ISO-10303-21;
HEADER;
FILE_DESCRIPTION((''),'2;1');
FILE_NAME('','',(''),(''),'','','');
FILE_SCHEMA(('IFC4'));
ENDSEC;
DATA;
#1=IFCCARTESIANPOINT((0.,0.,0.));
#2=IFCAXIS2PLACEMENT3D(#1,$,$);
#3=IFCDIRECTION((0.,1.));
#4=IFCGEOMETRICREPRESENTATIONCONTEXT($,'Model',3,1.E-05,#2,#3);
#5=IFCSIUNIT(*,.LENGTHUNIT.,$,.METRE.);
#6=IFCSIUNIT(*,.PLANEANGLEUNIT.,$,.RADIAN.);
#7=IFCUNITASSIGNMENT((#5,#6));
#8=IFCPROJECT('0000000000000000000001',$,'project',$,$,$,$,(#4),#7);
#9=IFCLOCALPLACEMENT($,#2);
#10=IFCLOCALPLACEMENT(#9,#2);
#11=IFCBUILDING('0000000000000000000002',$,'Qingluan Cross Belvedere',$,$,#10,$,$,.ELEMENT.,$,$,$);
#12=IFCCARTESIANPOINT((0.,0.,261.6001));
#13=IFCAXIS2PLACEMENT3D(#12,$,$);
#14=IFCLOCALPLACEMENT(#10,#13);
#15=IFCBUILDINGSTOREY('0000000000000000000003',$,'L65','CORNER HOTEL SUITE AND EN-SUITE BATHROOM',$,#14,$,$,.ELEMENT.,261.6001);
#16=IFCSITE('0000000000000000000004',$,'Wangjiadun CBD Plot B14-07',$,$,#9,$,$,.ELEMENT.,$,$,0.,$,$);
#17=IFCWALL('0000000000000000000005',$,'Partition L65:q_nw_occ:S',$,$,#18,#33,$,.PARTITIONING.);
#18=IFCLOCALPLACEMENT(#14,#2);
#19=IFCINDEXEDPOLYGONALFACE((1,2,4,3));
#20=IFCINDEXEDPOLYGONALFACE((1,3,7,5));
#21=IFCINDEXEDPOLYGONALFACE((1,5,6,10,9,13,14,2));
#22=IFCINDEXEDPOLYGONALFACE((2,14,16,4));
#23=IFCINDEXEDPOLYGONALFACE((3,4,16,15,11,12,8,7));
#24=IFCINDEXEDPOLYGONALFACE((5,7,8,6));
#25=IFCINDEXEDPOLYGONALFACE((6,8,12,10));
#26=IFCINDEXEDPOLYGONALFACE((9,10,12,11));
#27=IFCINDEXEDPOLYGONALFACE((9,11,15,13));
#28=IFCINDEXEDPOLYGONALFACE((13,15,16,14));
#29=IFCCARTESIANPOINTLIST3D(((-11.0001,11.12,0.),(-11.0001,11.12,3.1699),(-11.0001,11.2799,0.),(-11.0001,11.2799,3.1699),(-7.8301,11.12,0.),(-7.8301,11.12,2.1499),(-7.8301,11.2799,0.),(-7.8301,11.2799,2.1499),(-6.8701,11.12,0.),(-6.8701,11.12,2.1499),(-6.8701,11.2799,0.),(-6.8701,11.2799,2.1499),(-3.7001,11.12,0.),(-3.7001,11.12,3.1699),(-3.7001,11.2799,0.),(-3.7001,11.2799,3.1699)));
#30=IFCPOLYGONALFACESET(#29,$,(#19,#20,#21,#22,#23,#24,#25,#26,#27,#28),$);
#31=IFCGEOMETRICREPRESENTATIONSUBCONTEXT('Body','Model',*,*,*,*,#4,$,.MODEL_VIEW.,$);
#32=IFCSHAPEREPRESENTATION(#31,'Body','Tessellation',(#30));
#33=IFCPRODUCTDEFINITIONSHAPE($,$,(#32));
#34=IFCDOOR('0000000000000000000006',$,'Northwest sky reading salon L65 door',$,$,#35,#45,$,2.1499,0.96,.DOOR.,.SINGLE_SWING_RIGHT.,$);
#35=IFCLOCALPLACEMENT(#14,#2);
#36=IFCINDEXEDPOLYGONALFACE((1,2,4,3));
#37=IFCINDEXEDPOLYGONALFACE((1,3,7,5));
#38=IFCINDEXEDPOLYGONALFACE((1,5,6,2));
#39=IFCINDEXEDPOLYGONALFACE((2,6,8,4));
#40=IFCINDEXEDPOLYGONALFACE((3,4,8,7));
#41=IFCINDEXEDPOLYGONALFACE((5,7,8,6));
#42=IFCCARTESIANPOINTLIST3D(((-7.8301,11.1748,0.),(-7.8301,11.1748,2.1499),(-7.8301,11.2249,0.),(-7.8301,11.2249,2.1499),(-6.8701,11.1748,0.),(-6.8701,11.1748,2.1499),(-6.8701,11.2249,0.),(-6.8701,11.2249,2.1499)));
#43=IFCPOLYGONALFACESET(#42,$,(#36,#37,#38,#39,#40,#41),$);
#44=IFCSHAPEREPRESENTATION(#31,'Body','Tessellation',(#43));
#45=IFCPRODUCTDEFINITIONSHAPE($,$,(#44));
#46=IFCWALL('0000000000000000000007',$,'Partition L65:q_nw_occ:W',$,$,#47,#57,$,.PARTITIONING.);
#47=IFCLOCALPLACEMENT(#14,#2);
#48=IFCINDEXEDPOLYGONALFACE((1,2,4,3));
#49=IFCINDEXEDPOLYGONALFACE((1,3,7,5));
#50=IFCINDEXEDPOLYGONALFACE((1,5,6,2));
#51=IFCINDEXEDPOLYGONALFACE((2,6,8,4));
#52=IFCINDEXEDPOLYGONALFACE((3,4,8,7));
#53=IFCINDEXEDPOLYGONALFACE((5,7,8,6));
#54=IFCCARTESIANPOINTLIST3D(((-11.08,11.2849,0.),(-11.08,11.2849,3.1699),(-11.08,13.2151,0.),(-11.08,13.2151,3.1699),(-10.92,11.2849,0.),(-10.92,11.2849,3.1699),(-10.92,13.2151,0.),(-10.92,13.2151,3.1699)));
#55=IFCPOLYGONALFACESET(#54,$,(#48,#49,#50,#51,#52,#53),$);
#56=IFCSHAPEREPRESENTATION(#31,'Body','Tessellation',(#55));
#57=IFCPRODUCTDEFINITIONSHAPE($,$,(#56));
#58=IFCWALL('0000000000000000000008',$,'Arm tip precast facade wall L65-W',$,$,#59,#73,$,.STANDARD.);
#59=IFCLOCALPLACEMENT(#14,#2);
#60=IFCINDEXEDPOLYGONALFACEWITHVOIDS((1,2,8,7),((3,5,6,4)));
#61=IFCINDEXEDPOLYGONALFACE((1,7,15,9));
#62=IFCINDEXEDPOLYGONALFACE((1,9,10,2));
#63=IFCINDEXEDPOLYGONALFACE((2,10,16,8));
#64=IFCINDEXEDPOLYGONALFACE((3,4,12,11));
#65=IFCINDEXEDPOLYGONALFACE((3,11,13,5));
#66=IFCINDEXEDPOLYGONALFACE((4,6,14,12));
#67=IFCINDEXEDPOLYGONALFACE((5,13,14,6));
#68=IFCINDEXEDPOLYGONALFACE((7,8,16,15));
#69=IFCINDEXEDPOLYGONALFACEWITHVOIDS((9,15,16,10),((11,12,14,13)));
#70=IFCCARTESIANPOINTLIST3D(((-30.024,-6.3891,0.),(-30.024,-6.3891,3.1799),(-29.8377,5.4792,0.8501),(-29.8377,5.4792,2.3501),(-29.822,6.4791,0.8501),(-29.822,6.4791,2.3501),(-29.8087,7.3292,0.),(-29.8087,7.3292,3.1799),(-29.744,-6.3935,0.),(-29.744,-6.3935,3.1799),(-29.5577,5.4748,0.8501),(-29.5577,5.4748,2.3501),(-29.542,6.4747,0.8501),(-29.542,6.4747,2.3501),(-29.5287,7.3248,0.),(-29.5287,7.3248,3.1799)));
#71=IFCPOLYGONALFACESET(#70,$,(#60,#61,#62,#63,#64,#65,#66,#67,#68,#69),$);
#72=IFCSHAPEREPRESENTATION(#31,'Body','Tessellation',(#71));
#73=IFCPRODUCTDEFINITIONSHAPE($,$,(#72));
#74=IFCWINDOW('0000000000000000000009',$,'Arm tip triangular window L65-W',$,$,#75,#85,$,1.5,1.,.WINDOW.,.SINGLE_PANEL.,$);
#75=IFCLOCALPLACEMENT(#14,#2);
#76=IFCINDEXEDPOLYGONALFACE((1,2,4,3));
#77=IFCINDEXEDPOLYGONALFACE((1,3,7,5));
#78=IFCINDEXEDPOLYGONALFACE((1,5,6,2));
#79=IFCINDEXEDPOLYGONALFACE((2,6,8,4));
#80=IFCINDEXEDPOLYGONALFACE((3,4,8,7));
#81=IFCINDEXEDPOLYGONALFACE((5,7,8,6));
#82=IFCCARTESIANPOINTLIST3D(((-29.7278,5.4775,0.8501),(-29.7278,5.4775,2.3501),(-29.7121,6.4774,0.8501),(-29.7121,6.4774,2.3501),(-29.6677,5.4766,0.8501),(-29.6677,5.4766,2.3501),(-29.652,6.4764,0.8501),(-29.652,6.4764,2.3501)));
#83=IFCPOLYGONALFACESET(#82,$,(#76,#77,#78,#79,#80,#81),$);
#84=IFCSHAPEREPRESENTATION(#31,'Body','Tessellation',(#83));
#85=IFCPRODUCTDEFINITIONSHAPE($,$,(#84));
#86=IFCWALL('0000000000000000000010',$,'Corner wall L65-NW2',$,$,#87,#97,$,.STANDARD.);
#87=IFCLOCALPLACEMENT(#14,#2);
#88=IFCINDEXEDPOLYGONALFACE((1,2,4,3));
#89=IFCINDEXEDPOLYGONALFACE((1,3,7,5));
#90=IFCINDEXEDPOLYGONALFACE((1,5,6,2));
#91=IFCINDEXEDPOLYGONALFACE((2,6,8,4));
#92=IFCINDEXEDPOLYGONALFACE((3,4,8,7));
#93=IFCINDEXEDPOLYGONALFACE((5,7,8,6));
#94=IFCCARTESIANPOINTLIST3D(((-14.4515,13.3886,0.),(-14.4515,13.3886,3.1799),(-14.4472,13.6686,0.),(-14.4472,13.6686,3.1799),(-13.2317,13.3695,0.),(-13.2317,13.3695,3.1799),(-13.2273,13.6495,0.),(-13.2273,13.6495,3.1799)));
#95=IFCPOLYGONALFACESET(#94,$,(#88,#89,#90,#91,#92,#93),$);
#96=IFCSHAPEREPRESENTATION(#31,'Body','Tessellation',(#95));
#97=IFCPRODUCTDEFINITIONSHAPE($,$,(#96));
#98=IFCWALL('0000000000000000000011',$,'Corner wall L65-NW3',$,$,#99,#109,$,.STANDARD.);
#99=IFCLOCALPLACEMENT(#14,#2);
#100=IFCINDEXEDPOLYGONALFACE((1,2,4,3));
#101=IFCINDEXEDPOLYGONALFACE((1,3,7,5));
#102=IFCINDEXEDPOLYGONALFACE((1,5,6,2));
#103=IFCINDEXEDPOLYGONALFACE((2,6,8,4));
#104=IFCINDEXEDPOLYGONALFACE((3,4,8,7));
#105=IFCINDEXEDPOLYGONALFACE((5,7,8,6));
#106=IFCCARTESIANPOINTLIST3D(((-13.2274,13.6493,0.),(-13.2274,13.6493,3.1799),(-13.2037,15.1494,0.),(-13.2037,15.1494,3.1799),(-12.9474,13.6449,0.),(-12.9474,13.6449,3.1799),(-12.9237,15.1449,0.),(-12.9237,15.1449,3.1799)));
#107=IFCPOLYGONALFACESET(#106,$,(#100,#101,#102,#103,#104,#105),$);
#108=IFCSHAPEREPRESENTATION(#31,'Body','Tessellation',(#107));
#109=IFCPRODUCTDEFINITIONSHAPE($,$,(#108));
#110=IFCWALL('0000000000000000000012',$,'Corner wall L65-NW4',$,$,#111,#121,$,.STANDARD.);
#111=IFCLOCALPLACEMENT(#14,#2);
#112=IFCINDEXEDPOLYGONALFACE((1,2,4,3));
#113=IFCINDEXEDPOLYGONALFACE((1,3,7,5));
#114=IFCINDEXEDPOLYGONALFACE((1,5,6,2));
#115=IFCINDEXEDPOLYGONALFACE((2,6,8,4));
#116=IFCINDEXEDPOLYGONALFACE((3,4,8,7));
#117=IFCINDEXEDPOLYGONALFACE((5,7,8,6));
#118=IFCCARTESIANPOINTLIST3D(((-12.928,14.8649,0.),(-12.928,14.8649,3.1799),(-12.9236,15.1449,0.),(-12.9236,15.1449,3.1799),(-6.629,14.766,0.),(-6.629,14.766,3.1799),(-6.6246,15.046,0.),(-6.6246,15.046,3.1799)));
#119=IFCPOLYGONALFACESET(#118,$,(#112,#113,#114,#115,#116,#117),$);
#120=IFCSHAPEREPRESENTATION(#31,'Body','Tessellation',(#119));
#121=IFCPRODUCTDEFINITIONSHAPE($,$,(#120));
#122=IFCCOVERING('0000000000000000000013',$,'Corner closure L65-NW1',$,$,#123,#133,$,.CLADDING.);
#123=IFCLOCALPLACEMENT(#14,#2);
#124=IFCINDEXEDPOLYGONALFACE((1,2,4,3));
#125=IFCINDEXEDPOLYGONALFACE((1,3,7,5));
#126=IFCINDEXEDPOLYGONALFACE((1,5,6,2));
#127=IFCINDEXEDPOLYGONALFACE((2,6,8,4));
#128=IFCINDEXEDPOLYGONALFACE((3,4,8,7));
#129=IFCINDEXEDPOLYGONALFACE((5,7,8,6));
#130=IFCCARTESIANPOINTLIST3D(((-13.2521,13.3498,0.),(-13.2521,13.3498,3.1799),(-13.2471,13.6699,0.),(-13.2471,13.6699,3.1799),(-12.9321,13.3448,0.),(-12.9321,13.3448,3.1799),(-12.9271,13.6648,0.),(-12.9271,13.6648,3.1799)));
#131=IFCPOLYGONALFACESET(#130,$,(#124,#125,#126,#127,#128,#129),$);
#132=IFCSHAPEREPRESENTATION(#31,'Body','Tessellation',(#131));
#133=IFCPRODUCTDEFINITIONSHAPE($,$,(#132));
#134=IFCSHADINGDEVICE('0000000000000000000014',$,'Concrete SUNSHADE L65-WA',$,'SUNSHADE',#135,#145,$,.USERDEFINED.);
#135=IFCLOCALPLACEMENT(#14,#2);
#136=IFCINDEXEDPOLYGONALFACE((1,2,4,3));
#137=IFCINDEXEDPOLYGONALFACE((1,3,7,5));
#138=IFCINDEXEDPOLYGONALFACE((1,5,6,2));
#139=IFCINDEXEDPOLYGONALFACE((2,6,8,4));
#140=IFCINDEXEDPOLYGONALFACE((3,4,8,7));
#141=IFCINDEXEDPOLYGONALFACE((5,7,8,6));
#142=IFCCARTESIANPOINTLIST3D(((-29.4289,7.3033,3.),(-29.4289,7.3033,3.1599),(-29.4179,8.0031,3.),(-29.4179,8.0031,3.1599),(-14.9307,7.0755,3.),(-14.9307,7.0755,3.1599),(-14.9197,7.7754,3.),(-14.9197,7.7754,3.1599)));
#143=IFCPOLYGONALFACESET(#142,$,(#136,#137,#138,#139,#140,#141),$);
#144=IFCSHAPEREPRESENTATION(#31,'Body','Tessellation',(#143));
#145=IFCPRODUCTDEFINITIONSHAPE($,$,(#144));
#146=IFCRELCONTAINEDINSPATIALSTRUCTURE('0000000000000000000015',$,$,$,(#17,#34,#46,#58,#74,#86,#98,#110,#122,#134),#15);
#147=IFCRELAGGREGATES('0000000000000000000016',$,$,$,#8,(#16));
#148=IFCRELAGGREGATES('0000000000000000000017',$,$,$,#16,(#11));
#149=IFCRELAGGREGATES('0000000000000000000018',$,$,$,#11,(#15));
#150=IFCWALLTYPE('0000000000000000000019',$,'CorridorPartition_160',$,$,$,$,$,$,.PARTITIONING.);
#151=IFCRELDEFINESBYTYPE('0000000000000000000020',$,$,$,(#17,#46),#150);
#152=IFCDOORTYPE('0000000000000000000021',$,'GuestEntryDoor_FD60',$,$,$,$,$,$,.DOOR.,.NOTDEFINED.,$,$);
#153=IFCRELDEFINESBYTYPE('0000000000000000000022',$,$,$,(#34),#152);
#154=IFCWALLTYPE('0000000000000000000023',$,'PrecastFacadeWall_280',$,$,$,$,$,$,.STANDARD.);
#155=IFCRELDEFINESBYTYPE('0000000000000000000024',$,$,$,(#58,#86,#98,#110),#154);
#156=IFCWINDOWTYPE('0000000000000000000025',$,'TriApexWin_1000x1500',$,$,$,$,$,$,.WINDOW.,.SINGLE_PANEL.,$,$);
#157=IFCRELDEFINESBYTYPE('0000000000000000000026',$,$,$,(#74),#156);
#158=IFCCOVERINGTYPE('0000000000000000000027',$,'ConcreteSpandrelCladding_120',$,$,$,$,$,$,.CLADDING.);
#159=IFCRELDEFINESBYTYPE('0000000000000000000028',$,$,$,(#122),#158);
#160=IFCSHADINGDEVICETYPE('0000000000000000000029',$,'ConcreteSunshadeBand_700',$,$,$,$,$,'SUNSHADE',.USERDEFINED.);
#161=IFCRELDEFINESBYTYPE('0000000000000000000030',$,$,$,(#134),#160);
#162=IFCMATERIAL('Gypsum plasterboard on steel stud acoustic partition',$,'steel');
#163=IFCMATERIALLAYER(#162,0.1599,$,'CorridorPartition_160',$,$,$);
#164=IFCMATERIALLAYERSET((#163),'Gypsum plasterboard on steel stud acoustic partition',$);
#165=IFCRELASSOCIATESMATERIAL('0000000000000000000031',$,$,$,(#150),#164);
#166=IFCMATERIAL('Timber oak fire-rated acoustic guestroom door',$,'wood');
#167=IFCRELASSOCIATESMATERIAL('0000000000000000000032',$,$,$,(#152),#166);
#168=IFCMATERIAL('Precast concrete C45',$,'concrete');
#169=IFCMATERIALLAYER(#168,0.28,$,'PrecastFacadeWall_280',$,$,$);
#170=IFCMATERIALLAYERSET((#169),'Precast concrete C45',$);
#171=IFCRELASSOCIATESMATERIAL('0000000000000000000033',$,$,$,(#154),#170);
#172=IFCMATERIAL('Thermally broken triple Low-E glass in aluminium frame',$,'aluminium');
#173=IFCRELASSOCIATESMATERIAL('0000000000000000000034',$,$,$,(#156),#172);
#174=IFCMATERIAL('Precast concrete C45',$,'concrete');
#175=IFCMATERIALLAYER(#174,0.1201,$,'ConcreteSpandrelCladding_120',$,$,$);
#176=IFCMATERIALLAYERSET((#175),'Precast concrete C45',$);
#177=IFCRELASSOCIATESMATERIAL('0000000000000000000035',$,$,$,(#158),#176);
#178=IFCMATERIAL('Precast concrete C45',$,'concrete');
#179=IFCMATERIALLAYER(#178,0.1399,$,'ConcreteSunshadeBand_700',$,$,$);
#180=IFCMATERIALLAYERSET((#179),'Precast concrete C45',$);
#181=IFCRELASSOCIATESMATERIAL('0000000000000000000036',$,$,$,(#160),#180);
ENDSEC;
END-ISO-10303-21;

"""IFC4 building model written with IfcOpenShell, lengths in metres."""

from ifc_helpers import new_model, si_unit, direction, frame, frame_2d, origin, origin_2d, place, context, subcontext, project, spatial, rectangle, extrude, material, layer, layer_set, type_object, element, fill, save


model = new_model("IFC4")

# Units and contexts
model_context = context("Model", 3, precision=1e-05, world=origin(), true_north=direction((0.0, 1.0)))
body_context = subcontext(model_context, "Body", "Model", "MODEL_VIEW")
ifc_project = project(units=[si_unit("LENGTHUNIT", "METRE"), si_unit("PLANEANGLEUNIT", "RADIAN")], contexts=[model_context])

# Site, building, storey
site_placement = place(None, origin())
site = spatial("IfcSite", under=ifc_project, at=site_placement, Name="Wangjiadun CBD Plot B14-07", CompositionType="ELEMENT", RefElevation=0.0)
building_placement = place(site_placement, origin())
building = spatial("IfcBuilding", under=site, at=building_placement, Name="Qingluan Cross Belvedere", CompositionType="ELEMENT")
storey_placement = place(building_placement, frame((0.0, 0.0, 261.6001)))
storey = spatial("IfcBuildingStorey", under=building, at=storey_placement, Name="L65", Description="CORNER HOTEL SUITE AND EN-SUITE BATHROOM", CompositionType="ELEMENT", Elevation=261.6001)

# Wall, opening, door
ifc_material_1 = material(Name="Gypsum plasterboard on steel stud acoustic partition", Category="steel")
ifc_layer_1 = layer(ifc_material_1, 0.1599, Name="CorridorPartition_160")
ifc_layer_set_1 = layer_set([ifc_layer_1], Name="Gypsum plasterboard on steel stud acoustic partition")
wall_type_1 = type_object("IfcWallType", Name="CorridorPartition_160", PredefinedType="PARTITIONING", material=ifc_layer_set_1)
wall_1_placement = place(storey_placement, frame((-11.0, 11.2, 0.0), z_axis=(0.0, 0.0, 1.0), x_axis=(1.0, 0.0, 0.0)))
wall_1 = element("IfcWall", 1, at=wall_1_placement, inside=storey, type_object=wall_type_1, Name="Partition L65:q_nw_occ:S", PredefinedType="PARTITIONING", context=body_context, shape_type="SweptSolid", body=[
    extrude(rectangle(XDim=7.3, YDim=0.1599, at=frame_2d((3.6499, 0.0))), origin(), (0.0, 0.0, 1.0), 3.1699),
])
opening_1_placement = place(wall_1_placement, frame((3.1699, 0.0, 0.0)))
opening_1 = element("IfcOpeningElement", 2, at=opening_1_placement, cuts=wall_1, PredefinedType="OPENING", context=body_context, shape_type="SweptSolid", body=[
    extrude(rectangle(XDim=0.96, YDim=2.1499, at=frame_2d((0.48, 1.075))), frame((0.0, 0.0898, 0.0), z_axis=(0.0, -1.0, 0.0), x_axis=(1.0, 0.0, 0.0)), (0.0, 0.0, 1.0), 0.1799),
])
ifc_material_2 = material(Name="Timber oak fire-rated acoustic guestroom door", Category="wood")
door_type = type_object("IfcDoorType", Name="GuestEntryDoor_FD60", OperationType="NOTDEFINED", PredefinedType="DOOR", material=ifc_material_2)
door_placement = place(opening_1_placement, origin())
door = element("IfcDoor", 3, at=door_placement, inside=storey, type_object=door_type, Name="Northwest sky reading salon L65 door", OperationType="SINGLE_SWING_RIGHT", OverallHeight=2.1499, OverallWidth=0.96, PredefinedType="DOOR", context=body_context, shape_type="SweptSolid", body=[
    extrude(rectangle(XDim=0.96, YDim=2.1499, at=frame_2d((0.48, 1.075))), frame((0.0, 0.0249, 0.0), z_axis=(0.0, -1.0, 0.0), x_axis=(1.0, 0.0, 0.0)), (0.0, 0.0, 1.0), 0.05),
])
fill(opening_1, door)

# Wall
wall_2_placement = place(storey_placement, frame((-11.0, 11.2849, 0.0), z_axis=(0.0, 0.0, 1.0), x_axis=(0.0, 1.0, 0.0)))
element("IfcWall", 4, at=wall_2_placement, inside=storey, type_object=wall_type_1, Name="Partition L65:q_nw_occ:W", PredefinedType="PARTITIONING", context=body_context, shape_type="SweptSolid", body=[
    extrude(rectangle(XDim=1.9302, YDim=0.1599, at=frame_2d((0.9651, 0.0))), origin(), (0.0, 0.0, 1.0), 3.1699),
])

# Wall, opening, window
ifc_material_3 = material(Name="Precast concrete C45", Category="concrete")
ifc_layer_2 = layer(ifc_material_3, 0.28, Name="PrecastFacadeWall_280")
ifc_layer_set_2 = layer_set([ifc_layer_2], Name="Precast concrete C45")
wall_type_2 = type_object("IfcWallType", Name="PrecastFacadeWall_280", PredefinedType="STANDARD", material=ifc_layer_set_2)
wall_3_placement = place(storey_placement, frame((-29.6687, 7.3269, 0.0), z_axis=(0.0, 0.0, 1.0), x_axis=(-0.015695, -0.999877, 0.0)))
wall_3 = element("IfcWall", 5, at=wall_3_placement, inside=storey, type_object=wall_type_2, Name="Arm tip precast facade wall L65-W", PredefinedType="STANDARD", context=body_context, shape_type="SweptSolid", body=[
    extrude(rectangle(XDim=13.72, YDim=0.28, at=frame_2d((6.8599, 0.0))), origin(), (0.0, 0.0, 1.0), 3.1799),
])
opening_2_placement = place(wall_3_placement, frame((0.8501, 0.0, 0.8501)))
opening_2 = element("IfcOpeningElement", 6, at=opening_2_placement, cuts=wall_3, PredefinedType="OPENING", context=body_context, shape_type="SweptSolid", body=[
    extrude(rectangle(XDim=1.0, YDim=1.5, at=frame_2d((0.5, 0.75))), frame((0.0, 0.1499, 0.0), z_axis=(0.0, -1.0, 0.0), x_axis=(1.0, 0.0, 0.0)), (0.0, 0.0, 1.0), 0.3),
])
ifc_material_4 = material(Name="Thermally broken triple Low-E glass in aluminium frame", Category="aluminium")
window_type = type_object("IfcWindowType", Name="TriApexWin_1000x1500", PartitioningType="SINGLE_PANEL", PredefinedType="WINDOW", material=ifc_material_4)
window_placement = place(opening_2_placement, origin())
window = element("IfcWindow", 7, at=window_placement, inside=storey, type_object=window_type, Name="Arm tip triangular window L65-W", OverallHeight=1.5, OverallWidth=1.0, PartitioningType="SINGLE_PANEL", PredefinedType="WINDOW", context=body_context, shape_type="SweptSolid", body=[
    extrude(rectangle(XDim=1.0, YDim=1.5, at=frame_2d((0.5, 0.75))), frame((0.0, 0.03, 0.0), z_axis=(0.0, -1.0, 0.0), x_axis=(1.0, 0.0, 0.0)), (0.0, 0.0, 1.0), 0.0601),
])
fill(opening_2, window)

# Walls
wall_4_placement = place(storey_placement, frame((-14.4492, 13.5286, 0.0), z_axis=(0.0, 0.0, 1.0), x_axis=(0.999878, -0.015611, 0.0)))
element("IfcWall", 8, at=wall_4_placement, inside=storey, type_object=wall_type_2, Name="Corner wall L65-NW2", PredefinedType="STANDARD", context=body_context, shape_type="SweptSolid", body=[
    extrude(rectangle(XDim=1.22, YDim=0.28, at=frame_2d((0.6099, 0.0))), origin(), (0.0, 0.0, 1.0), 3.1799),
])
wall_5_placement = place(storey_placement, frame((-13.0874, 13.6472, 0.0), z_axis=(0.0, 0.0, 1.0), x_axis=(0.015786, 0.999875, 0.0)))
element("IfcWall", 9, at=wall_5_placement, inside=storey, type_object=wall_type_2, Name="Corner wall L65-NW3", PredefinedType="STANDARD", context=body_context, shape_type="SweptSolid", body=[
    extrude(rectangle(XDim=1.5002, YDim=0.28, at=frame_2d((0.75, 0.0))), origin(), (0.0, 0.0, 1.0), 3.1799),
])
wall_6_placement = place(storey_placement, frame((-12.9258, 15.0049, 0.0), z_axis=(0.0, 0.0, 1.0), x_axis=(0.999877, -0.015695, 0.0)))
element("IfcWall", 10, at=wall_6_placement, inside=storey, type_object=wall_type_2, Name="Corner wall L65-NW4", PredefinedType="STANDARD", context=body_context, shape_type="SweptSolid", body=[
    extrude(rectangle(XDim=6.2998, YDim=0.28, at=frame_2d((3.1499, 0.0))), origin(), (0.0, 0.0, 1.0), 3.1799),
])

# Covering
ifc_material_5 = material(Name="Precast concrete C45", Category="concrete")
ifc_layer_3 = layer(ifc_material_5, 0.1201, Name="ConcreteSpandrelCladding_120")
ifc_layer_set_3 = layer_set([ifc_layer_3], Name="Precast concrete C45")
covering_type = type_object("IfcCoveringType", Name="ConcreteSpandrelCladding_120", PredefinedType="CLADDING", material=ifc_layer_set_3)
covering_placement = place(storey_placement, frame((-13.0896, 13.5073, 0.0), z_axis=(0.0, 0.0, 1.0), x_axis=(0.999877, -0.015707, 0.0)))
element("IfcCovering", 11, at=covering_placement, inside=storey, type_object=covering_type, Name="Corner closure L65-NW1", PredefinedType="CLADDING", context=body_context, shape_type="SweptSolid", body=[
    extrude(rectangle(XDim=0.3201, YDim=0.3201, at=origin_2d()), origin(), (0.0, 0.0, 1.0), 3.1799),
])

# Shading device
ifc_material_6 = material(Name="Precast concrete C45", Category="concrete")
ifc_layer_4 = layer(ifc_material_6, 0.1399, Name="ConcreteSunshadeBand_700")
ifc_layer_set_4 = layer_set([ifc_layer_4], Name="Precast concrete C45")
shading_device_type = type_object("IfcShadingDeviceType", Name="ConcreteSunshadeBand_700", ElementType="SUNSHADE", PredefinedType="USERDEFINED", material=ifc_layer_set_4)
shading_device_placement = place(storey_placement, frame((-22.1743, 7.5393, 3.0), z_axis=(0.0, 0.0, 1.0), x_axis=(-0.999877, 0.015707, 0.0)))
element("IfcShadingDevice", 12, at=shading_device_placement, inside=storey, type_object=shading_device_type, Name="Concrete SUNSHADE L65-WA", ObjectType="SUNSHADE", PredefinedType="USERDEFINED", context=body_context, shape_type="SweptSolid", body=[
    extrude(rectangle(XDim=14.5, YDim=0.7, at=origin_2d()), origin(), (0.0, 0.0, 1.0), 0.1599),
])

save(model, "model.ifc")
